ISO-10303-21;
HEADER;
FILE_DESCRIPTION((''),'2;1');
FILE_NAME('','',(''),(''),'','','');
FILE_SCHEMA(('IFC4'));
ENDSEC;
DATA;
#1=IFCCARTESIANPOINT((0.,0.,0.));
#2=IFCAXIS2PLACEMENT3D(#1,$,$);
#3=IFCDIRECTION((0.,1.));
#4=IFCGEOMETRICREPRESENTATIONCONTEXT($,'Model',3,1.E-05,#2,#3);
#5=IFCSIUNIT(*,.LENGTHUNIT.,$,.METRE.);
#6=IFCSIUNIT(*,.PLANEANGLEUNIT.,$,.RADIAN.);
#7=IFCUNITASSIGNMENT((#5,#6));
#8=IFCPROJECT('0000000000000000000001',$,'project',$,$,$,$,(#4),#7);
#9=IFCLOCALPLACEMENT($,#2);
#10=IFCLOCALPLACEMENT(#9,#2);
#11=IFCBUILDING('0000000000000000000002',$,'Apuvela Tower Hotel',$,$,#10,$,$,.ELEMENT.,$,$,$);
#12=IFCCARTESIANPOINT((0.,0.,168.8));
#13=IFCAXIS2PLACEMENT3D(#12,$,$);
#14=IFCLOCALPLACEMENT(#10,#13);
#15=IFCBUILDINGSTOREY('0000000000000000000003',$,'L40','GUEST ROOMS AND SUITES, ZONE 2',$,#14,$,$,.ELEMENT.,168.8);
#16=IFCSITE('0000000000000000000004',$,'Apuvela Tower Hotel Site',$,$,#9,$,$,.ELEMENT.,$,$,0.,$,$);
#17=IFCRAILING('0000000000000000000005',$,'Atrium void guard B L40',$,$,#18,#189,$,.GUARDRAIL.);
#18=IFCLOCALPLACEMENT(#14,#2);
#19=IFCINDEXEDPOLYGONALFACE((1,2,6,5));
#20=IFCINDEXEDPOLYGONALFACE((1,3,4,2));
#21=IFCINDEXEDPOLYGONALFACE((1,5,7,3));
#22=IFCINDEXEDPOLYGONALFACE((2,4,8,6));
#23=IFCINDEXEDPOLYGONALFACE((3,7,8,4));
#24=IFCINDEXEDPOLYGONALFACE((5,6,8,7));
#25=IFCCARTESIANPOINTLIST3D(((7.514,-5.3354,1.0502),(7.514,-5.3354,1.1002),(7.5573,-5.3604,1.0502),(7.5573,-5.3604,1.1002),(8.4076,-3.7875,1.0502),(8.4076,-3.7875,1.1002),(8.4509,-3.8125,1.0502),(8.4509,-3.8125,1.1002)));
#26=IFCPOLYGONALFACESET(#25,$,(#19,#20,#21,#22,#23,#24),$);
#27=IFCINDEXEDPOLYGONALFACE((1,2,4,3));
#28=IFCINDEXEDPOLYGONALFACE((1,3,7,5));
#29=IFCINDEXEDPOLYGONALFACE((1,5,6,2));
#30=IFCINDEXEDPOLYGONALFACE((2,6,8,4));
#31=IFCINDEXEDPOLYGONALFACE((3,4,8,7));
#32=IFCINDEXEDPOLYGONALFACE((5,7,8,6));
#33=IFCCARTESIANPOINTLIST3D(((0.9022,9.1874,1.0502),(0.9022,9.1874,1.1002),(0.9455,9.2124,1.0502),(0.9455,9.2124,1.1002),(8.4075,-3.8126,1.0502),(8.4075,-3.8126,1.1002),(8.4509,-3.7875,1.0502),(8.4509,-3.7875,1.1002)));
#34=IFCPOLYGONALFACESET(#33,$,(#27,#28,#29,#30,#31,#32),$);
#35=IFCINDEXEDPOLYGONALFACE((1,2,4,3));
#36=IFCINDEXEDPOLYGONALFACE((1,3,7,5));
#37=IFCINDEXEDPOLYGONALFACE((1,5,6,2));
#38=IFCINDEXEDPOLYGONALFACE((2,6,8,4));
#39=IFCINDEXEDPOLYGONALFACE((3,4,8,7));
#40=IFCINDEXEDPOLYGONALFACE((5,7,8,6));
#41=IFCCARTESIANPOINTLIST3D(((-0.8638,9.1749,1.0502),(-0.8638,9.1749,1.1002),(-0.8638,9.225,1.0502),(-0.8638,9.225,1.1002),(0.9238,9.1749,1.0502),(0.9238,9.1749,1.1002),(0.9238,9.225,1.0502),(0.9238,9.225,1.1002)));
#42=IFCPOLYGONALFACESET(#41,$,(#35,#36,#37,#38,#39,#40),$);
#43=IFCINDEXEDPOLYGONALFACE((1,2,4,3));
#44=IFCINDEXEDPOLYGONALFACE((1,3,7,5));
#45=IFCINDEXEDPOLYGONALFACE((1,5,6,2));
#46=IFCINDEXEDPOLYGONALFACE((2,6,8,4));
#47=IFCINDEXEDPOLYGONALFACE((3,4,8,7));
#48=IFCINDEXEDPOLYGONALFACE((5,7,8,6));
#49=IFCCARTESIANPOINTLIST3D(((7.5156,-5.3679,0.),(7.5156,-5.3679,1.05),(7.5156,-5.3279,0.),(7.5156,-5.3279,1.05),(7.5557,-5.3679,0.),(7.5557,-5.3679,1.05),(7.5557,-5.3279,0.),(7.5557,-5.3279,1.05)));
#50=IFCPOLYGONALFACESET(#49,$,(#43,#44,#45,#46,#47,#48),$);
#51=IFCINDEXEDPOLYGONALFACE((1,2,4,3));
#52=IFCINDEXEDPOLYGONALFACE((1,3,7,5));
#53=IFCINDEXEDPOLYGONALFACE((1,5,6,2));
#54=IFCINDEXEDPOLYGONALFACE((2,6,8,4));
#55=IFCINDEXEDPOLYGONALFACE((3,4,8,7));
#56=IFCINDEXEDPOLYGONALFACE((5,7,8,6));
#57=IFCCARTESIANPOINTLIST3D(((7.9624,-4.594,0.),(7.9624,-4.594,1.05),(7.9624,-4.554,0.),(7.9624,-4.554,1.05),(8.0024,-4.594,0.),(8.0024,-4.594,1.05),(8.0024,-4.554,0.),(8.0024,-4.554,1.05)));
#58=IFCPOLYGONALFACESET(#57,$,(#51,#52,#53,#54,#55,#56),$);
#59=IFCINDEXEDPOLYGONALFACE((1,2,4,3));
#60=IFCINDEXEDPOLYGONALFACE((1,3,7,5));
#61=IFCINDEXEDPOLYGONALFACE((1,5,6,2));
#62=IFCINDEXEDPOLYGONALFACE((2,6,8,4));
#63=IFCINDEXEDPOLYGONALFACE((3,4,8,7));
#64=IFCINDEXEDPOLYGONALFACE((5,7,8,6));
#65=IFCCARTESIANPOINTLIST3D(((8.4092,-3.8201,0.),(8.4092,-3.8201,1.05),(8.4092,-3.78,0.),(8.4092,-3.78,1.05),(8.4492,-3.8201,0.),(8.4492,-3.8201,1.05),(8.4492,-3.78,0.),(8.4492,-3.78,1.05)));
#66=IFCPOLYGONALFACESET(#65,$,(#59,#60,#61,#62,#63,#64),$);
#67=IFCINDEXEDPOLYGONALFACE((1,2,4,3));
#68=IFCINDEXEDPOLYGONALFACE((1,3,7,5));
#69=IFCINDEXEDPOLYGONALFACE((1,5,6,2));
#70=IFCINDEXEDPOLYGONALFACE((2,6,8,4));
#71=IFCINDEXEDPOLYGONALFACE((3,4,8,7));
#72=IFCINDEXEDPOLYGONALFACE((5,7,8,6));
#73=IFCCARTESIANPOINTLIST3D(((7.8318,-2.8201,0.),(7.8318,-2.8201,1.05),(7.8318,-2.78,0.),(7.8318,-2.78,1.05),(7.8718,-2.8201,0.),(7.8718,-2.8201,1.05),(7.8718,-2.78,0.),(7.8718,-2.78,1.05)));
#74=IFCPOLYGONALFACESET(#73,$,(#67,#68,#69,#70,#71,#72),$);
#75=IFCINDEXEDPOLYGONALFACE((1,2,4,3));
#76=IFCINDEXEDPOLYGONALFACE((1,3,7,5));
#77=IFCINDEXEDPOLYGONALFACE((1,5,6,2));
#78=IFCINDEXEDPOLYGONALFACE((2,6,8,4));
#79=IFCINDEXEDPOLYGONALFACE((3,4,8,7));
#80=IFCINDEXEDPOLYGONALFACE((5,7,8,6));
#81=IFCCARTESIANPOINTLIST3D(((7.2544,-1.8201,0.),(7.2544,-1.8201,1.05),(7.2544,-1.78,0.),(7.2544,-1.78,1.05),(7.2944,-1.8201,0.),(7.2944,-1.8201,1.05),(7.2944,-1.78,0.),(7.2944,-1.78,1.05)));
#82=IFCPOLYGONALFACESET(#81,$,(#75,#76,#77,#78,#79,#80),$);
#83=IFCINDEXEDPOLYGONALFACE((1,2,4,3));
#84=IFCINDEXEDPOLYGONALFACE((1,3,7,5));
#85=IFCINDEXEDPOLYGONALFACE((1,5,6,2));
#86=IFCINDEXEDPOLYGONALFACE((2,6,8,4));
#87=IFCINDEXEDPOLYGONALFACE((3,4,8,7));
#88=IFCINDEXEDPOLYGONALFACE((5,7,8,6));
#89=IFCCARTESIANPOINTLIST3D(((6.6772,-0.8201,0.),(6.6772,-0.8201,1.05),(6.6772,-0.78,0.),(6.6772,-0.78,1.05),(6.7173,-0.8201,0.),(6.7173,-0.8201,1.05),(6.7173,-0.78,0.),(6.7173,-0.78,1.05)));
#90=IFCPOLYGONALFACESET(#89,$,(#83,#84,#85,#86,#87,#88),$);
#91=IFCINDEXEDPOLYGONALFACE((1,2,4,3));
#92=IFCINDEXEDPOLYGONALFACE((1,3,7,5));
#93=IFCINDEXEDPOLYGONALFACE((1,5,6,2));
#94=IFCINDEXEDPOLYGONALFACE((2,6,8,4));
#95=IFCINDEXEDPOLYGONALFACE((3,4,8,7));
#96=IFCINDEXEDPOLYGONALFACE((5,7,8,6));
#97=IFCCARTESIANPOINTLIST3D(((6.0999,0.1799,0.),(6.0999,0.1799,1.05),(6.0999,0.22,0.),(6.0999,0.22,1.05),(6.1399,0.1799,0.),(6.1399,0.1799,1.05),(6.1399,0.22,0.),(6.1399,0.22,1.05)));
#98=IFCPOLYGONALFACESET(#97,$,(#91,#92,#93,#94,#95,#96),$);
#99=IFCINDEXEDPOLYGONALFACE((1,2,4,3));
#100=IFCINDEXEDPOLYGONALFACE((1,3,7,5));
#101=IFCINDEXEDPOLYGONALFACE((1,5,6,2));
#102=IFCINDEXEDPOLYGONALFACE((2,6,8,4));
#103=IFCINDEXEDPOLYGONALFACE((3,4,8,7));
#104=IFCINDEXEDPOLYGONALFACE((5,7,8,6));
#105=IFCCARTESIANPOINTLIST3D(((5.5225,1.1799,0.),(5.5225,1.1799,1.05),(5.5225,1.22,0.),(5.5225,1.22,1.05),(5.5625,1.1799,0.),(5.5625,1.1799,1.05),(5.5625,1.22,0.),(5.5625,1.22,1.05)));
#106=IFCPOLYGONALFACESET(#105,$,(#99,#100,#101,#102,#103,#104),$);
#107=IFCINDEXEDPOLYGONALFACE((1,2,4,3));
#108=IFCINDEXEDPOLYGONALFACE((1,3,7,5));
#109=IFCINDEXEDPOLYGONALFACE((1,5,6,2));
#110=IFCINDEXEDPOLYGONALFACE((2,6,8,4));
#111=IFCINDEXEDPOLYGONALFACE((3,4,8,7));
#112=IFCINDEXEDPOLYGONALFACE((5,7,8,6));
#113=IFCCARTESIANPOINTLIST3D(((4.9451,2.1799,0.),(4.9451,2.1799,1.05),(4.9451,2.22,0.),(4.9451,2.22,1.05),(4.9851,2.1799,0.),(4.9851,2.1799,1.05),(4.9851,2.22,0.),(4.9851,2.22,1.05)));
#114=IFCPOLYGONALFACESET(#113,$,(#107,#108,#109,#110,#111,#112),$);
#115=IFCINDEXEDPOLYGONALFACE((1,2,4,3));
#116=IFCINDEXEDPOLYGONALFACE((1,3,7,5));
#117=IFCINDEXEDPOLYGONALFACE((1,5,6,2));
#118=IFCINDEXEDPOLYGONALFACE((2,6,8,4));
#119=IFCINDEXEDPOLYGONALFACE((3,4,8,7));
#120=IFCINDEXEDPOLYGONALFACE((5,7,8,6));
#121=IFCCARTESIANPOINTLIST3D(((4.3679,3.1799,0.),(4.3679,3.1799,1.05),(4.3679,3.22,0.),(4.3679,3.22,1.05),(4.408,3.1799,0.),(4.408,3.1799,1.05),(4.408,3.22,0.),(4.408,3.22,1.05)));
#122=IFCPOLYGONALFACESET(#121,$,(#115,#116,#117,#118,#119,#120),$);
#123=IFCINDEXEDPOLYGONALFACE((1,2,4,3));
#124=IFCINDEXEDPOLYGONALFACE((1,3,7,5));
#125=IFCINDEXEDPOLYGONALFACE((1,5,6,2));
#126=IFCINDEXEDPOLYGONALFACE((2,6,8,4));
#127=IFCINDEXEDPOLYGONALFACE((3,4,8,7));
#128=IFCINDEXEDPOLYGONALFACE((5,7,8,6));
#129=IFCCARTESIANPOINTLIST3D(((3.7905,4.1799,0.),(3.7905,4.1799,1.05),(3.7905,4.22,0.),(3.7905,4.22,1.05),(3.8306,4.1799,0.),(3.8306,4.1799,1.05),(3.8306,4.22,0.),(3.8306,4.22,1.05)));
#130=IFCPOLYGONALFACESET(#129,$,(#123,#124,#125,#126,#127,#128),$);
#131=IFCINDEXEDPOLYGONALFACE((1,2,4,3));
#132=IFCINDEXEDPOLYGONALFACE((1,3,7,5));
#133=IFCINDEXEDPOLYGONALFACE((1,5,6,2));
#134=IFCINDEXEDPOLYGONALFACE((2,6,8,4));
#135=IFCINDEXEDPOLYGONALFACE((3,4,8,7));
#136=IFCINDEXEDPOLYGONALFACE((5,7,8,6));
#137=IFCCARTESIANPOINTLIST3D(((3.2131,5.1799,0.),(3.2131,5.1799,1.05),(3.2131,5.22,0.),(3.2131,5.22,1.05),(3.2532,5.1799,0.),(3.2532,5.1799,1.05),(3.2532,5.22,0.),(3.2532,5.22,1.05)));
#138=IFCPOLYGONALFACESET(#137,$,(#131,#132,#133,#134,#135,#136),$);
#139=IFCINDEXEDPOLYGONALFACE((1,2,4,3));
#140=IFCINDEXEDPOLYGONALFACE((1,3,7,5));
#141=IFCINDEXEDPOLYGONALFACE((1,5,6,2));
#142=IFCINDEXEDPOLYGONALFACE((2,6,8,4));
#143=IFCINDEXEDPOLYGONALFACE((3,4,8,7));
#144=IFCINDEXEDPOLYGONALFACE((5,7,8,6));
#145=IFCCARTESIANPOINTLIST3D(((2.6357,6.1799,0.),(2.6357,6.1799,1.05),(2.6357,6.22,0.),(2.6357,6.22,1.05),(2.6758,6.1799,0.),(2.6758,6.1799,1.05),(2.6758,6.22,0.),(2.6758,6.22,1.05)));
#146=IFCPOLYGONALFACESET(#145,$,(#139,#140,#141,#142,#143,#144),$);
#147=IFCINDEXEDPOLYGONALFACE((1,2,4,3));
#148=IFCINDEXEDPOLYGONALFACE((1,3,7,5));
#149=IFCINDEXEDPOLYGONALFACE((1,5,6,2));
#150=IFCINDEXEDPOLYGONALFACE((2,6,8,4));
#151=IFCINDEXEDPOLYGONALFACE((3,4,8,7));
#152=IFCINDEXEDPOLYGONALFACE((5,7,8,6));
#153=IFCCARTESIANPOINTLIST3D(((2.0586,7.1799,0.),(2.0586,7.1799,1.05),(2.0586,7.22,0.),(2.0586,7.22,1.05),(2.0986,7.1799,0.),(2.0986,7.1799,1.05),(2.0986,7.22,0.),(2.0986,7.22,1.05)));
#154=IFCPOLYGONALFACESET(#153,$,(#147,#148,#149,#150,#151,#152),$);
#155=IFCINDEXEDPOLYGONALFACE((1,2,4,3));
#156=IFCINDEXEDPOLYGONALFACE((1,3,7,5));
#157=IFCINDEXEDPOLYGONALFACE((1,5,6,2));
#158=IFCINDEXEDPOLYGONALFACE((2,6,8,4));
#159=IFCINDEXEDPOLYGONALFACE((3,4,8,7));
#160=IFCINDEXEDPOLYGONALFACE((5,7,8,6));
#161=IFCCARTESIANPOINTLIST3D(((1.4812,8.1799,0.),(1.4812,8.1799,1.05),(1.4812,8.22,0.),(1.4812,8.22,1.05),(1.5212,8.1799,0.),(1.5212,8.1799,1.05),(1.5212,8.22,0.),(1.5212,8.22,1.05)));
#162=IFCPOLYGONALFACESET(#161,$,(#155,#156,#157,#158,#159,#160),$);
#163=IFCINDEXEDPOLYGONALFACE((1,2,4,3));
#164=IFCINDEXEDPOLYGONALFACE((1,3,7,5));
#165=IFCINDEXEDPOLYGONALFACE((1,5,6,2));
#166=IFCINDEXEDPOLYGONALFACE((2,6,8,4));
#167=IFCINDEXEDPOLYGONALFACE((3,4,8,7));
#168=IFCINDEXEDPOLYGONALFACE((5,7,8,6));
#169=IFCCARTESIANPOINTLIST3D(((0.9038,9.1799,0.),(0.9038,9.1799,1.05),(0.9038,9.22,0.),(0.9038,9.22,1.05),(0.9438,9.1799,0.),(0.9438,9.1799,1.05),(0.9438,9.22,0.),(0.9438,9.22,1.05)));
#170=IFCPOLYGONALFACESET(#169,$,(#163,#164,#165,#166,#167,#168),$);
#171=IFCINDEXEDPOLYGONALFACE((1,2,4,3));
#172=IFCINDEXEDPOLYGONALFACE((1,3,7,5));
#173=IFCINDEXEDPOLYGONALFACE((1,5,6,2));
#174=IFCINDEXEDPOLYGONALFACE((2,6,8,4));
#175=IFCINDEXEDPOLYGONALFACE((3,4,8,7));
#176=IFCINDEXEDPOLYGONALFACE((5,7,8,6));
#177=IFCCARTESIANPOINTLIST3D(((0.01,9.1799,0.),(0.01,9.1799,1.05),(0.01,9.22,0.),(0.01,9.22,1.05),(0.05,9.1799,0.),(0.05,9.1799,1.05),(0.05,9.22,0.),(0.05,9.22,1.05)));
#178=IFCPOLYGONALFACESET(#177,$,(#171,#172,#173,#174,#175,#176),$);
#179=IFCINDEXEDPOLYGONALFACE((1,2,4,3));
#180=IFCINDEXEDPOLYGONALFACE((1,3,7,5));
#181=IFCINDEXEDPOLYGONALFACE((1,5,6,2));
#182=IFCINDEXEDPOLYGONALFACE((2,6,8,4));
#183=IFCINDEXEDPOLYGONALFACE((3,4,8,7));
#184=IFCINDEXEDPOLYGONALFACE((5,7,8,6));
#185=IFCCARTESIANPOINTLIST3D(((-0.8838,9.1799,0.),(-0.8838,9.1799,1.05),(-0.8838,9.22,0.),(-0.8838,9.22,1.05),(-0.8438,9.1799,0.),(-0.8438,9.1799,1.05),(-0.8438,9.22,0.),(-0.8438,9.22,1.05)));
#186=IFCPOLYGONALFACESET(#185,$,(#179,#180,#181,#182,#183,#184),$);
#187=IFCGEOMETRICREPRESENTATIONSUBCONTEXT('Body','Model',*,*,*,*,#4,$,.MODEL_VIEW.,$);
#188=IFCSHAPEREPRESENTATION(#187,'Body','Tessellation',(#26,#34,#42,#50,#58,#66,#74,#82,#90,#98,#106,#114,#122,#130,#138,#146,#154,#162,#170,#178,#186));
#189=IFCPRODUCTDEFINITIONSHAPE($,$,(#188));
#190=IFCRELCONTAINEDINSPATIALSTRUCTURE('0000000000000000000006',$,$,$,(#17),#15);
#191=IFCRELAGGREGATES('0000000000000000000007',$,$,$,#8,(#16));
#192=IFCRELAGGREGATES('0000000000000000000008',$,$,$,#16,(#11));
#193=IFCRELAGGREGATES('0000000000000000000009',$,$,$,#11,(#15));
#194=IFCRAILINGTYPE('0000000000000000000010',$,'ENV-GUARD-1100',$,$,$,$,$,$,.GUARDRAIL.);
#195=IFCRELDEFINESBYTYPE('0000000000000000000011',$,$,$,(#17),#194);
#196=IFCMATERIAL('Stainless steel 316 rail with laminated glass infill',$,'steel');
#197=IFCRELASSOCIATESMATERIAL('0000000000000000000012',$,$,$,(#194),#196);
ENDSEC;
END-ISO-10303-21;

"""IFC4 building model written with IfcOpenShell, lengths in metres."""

from ifc_helpers import new_model, si_unit, direction, frame, origin, origin_2d, place, context, subcontext, project, spatial, rectangle, extrude, material, type_object, element, save


model = new_model("IFC4")

# Units and contexts
model_context = context("Model", 3, precision=1e-05, world=origin(), true_north=direction((0.0, 1.0)))
body_context = subcontext(model_context, "Body", "Model", "MODEL_VIEW")
ifc_project = project(units=[si_unit("LENGTHUNIT", "METRE"), si_unit("PLANEANGLEUNIT", "RADIAN")], contexts=[model_context])

# Site, building, storey
site_placement = place(None, origin())
site = spatial("IfcSite", under=ifc_project, at=site_placement, Name="Apuvela Tower Hotel Site", CompositionType="ELEMENT", RefElevation=0.0)
building_placement = place(site_placement, origin())
building = spatial("IfcBuilding", under=site, at=building_placement, Name="Apuvela Tower Hotel", CompositionType="ELEMENT")
storey_placement = place(building_placement, frame((0.0, 0.0, 168.8)))
storey = spatial("IfcBuildingStorey", under=building, at=storey_placement, Name="L40", Description="GUEST ROOMS AND SUITES, ZONE 2", CompositionType="ELEMENT", Elevation=168.8)

# Railing
ifc_material_1 = material(Name="Stainless steel 316 rail with laminated glass infill", Category="steel")
railing_type_1 = type_object("IfcRailingType", Name="ENV-GUARD-1100", PredefinedType="GUARDRAIL", material=ifc_material_1)
railing_1_placement = place(storey_placement, frame((7.5356, -5.3479, 0.0)))
element("IfcRailing", 1, at=railing_1_placement, inside=storey, type_object=railing_type_1, Name="Atrium void guard B L40", PredefinedType="GUARDRAIL", context=body_context, shape_type="SweptSolid", body=[
    extrude(rectangle(XDim=0.05, YDim=0.05, at=origin_2d()), frame((0.0, 0.0, 1.0752), z_axis=(0.499959, 0.866049, 0.0), x_axis=(-0.866049, 0.499959, 0.0)), (0.0, 0.0, 1.0), 1.7874),
    extrude(rectangle(XDim=0.05, YDim=0.05, at=origin_2d()), frame((0.8936, 1.5479, 1.0752), z_axis=(-0.499991, 0.866031, 0.0), x_axis=(-0.866031, -0.499991, 0.0)), (0.0, 0.0, 1.0), 15.011),
    extrude(rectangle(XDim=0.05, YDim=0.05, at=origin_2d()), frame((-6.6118, 14.5479, 1.0752), z_axis=(-1.0, 0.0, 0.0), x_axis=(0.0, -1.0, 0.0)), (0.0, 0.0, 1.0), 1.7876),
    extrude(rectangle(XDim=0.04, YDim=0.04, at=origin_2d()), origin(), (0.0, 0.0, 1.0), 1.05),
    extrude(rectangle(XDim=0.04, YDim=0.04, at=origin_2d()), frame((0.4468, 0.7739, 0.0)), (0.0, 0.0, 1.0), 1.05),
    extrude(rectangle(XDim=0.04, YDim=0.04, at=origin_2d()), frame((0.8936, 1.5479, 0.0)), (0.0, 0.0, 1.0), 1.05),
    extrude(rectangle(XDim=0.04, YDim=0.04, at=origin_2d()), frame((0.3162, 2.5479, 0.0)), (0.0, 0.0, 1.0), 1.05),
    extrude(rectangle(XDim=0.04, YDim=0.04, at=origin_2d()), frame((-0.2612, 3.5479, 0.0)), (0.0, 0.0, 1.0), 1.05),
    extrude(rectangle(XDim=0.04, YDim=0.04, at=origin_2d()), frame((-0.8384, 4.5479, 0.0)), (0.0, 0.0, 1.0), 1.05),
    extrude(rectangle(XDim=0.04, YDim=0.04, at=origin_2d()), frame((-1.4158, 5.5479, 0.0)), (0.0, 0.0, 1.0), 1.05),
    extrude(rectangle(XDim=0.04, YDim=0.04, at=origin_2d()), frame((-1.9932, 6.5479, 0.0)), (0.0, 0.0, 1.0), 1.05),
    extrude(rectangle(XDim=0.04, YDim=0.04, at=origin_2d()), frame((-2.5706, 7.5479, 0.0)), (0.0, 0.0, 1.0), 1.05),
    extrude(rectangle(XDim=0.04, YDim=0.04, at=origin_2d()), frame((-3.1477, 8.5479, 0.0)), (0.0, 0.0, 1.0), 1.05),
    extrude(rectangle(XDim=0.04, YDim=0.04, at=origin_2d()), frame((-3.7251, 9.5479, 0.0)), (0.0, 0.0, 1.0), 1.05),
    extrude(rectangle(XDim=0.04, YDim=0.04, at=origin_2d()), frame((-4.3025, 10.5479, 0.0)), (0.0, 0.0, 1.0), 1.05),
    extrude(rectangle(XDim=0.04, YDim=0.04, at=origin_2d()), frame((-4.8799, 11.5479, 0.0)), (0.0, 0.0, 1.0), 1.05),
    extrude(rectangle(XDim=0.04, YDim=0.04, at=origin_2d()), frame((-5.457, 12.5479, 0.0)), (0.0, 0.0, 1.0), 1.05),
    extrude(rectangle(XDim=0.04, YDim=0.04, at=origin_2d()), frame((-6.0344, 13.5479, 0.0)), (0.0, 0.0, 1.0), 1.05),
    extrude(rectangle(XDim=0.04, YDim=0.04, at=origin_2d()), frame((-6.6118, 14.5479, 0.0)), (0.0, 0.0, 1.0), 1.05),
    extrude(rectangle(XDim=0.04, YDim=0.04, at=origin_2d()), frame((-7.5056, 14.5479, 0.0)), (0.0, 0.0, 1.0), 1.05),
    extrude(rectangle(XDim=0.04, YDim=0.04, at=origin_2d()), frame((-8.3994, 14.5479, 0.0)), (0.0, 0.0, 1.0), 1.05),
])

save(model, "model.ifc")
